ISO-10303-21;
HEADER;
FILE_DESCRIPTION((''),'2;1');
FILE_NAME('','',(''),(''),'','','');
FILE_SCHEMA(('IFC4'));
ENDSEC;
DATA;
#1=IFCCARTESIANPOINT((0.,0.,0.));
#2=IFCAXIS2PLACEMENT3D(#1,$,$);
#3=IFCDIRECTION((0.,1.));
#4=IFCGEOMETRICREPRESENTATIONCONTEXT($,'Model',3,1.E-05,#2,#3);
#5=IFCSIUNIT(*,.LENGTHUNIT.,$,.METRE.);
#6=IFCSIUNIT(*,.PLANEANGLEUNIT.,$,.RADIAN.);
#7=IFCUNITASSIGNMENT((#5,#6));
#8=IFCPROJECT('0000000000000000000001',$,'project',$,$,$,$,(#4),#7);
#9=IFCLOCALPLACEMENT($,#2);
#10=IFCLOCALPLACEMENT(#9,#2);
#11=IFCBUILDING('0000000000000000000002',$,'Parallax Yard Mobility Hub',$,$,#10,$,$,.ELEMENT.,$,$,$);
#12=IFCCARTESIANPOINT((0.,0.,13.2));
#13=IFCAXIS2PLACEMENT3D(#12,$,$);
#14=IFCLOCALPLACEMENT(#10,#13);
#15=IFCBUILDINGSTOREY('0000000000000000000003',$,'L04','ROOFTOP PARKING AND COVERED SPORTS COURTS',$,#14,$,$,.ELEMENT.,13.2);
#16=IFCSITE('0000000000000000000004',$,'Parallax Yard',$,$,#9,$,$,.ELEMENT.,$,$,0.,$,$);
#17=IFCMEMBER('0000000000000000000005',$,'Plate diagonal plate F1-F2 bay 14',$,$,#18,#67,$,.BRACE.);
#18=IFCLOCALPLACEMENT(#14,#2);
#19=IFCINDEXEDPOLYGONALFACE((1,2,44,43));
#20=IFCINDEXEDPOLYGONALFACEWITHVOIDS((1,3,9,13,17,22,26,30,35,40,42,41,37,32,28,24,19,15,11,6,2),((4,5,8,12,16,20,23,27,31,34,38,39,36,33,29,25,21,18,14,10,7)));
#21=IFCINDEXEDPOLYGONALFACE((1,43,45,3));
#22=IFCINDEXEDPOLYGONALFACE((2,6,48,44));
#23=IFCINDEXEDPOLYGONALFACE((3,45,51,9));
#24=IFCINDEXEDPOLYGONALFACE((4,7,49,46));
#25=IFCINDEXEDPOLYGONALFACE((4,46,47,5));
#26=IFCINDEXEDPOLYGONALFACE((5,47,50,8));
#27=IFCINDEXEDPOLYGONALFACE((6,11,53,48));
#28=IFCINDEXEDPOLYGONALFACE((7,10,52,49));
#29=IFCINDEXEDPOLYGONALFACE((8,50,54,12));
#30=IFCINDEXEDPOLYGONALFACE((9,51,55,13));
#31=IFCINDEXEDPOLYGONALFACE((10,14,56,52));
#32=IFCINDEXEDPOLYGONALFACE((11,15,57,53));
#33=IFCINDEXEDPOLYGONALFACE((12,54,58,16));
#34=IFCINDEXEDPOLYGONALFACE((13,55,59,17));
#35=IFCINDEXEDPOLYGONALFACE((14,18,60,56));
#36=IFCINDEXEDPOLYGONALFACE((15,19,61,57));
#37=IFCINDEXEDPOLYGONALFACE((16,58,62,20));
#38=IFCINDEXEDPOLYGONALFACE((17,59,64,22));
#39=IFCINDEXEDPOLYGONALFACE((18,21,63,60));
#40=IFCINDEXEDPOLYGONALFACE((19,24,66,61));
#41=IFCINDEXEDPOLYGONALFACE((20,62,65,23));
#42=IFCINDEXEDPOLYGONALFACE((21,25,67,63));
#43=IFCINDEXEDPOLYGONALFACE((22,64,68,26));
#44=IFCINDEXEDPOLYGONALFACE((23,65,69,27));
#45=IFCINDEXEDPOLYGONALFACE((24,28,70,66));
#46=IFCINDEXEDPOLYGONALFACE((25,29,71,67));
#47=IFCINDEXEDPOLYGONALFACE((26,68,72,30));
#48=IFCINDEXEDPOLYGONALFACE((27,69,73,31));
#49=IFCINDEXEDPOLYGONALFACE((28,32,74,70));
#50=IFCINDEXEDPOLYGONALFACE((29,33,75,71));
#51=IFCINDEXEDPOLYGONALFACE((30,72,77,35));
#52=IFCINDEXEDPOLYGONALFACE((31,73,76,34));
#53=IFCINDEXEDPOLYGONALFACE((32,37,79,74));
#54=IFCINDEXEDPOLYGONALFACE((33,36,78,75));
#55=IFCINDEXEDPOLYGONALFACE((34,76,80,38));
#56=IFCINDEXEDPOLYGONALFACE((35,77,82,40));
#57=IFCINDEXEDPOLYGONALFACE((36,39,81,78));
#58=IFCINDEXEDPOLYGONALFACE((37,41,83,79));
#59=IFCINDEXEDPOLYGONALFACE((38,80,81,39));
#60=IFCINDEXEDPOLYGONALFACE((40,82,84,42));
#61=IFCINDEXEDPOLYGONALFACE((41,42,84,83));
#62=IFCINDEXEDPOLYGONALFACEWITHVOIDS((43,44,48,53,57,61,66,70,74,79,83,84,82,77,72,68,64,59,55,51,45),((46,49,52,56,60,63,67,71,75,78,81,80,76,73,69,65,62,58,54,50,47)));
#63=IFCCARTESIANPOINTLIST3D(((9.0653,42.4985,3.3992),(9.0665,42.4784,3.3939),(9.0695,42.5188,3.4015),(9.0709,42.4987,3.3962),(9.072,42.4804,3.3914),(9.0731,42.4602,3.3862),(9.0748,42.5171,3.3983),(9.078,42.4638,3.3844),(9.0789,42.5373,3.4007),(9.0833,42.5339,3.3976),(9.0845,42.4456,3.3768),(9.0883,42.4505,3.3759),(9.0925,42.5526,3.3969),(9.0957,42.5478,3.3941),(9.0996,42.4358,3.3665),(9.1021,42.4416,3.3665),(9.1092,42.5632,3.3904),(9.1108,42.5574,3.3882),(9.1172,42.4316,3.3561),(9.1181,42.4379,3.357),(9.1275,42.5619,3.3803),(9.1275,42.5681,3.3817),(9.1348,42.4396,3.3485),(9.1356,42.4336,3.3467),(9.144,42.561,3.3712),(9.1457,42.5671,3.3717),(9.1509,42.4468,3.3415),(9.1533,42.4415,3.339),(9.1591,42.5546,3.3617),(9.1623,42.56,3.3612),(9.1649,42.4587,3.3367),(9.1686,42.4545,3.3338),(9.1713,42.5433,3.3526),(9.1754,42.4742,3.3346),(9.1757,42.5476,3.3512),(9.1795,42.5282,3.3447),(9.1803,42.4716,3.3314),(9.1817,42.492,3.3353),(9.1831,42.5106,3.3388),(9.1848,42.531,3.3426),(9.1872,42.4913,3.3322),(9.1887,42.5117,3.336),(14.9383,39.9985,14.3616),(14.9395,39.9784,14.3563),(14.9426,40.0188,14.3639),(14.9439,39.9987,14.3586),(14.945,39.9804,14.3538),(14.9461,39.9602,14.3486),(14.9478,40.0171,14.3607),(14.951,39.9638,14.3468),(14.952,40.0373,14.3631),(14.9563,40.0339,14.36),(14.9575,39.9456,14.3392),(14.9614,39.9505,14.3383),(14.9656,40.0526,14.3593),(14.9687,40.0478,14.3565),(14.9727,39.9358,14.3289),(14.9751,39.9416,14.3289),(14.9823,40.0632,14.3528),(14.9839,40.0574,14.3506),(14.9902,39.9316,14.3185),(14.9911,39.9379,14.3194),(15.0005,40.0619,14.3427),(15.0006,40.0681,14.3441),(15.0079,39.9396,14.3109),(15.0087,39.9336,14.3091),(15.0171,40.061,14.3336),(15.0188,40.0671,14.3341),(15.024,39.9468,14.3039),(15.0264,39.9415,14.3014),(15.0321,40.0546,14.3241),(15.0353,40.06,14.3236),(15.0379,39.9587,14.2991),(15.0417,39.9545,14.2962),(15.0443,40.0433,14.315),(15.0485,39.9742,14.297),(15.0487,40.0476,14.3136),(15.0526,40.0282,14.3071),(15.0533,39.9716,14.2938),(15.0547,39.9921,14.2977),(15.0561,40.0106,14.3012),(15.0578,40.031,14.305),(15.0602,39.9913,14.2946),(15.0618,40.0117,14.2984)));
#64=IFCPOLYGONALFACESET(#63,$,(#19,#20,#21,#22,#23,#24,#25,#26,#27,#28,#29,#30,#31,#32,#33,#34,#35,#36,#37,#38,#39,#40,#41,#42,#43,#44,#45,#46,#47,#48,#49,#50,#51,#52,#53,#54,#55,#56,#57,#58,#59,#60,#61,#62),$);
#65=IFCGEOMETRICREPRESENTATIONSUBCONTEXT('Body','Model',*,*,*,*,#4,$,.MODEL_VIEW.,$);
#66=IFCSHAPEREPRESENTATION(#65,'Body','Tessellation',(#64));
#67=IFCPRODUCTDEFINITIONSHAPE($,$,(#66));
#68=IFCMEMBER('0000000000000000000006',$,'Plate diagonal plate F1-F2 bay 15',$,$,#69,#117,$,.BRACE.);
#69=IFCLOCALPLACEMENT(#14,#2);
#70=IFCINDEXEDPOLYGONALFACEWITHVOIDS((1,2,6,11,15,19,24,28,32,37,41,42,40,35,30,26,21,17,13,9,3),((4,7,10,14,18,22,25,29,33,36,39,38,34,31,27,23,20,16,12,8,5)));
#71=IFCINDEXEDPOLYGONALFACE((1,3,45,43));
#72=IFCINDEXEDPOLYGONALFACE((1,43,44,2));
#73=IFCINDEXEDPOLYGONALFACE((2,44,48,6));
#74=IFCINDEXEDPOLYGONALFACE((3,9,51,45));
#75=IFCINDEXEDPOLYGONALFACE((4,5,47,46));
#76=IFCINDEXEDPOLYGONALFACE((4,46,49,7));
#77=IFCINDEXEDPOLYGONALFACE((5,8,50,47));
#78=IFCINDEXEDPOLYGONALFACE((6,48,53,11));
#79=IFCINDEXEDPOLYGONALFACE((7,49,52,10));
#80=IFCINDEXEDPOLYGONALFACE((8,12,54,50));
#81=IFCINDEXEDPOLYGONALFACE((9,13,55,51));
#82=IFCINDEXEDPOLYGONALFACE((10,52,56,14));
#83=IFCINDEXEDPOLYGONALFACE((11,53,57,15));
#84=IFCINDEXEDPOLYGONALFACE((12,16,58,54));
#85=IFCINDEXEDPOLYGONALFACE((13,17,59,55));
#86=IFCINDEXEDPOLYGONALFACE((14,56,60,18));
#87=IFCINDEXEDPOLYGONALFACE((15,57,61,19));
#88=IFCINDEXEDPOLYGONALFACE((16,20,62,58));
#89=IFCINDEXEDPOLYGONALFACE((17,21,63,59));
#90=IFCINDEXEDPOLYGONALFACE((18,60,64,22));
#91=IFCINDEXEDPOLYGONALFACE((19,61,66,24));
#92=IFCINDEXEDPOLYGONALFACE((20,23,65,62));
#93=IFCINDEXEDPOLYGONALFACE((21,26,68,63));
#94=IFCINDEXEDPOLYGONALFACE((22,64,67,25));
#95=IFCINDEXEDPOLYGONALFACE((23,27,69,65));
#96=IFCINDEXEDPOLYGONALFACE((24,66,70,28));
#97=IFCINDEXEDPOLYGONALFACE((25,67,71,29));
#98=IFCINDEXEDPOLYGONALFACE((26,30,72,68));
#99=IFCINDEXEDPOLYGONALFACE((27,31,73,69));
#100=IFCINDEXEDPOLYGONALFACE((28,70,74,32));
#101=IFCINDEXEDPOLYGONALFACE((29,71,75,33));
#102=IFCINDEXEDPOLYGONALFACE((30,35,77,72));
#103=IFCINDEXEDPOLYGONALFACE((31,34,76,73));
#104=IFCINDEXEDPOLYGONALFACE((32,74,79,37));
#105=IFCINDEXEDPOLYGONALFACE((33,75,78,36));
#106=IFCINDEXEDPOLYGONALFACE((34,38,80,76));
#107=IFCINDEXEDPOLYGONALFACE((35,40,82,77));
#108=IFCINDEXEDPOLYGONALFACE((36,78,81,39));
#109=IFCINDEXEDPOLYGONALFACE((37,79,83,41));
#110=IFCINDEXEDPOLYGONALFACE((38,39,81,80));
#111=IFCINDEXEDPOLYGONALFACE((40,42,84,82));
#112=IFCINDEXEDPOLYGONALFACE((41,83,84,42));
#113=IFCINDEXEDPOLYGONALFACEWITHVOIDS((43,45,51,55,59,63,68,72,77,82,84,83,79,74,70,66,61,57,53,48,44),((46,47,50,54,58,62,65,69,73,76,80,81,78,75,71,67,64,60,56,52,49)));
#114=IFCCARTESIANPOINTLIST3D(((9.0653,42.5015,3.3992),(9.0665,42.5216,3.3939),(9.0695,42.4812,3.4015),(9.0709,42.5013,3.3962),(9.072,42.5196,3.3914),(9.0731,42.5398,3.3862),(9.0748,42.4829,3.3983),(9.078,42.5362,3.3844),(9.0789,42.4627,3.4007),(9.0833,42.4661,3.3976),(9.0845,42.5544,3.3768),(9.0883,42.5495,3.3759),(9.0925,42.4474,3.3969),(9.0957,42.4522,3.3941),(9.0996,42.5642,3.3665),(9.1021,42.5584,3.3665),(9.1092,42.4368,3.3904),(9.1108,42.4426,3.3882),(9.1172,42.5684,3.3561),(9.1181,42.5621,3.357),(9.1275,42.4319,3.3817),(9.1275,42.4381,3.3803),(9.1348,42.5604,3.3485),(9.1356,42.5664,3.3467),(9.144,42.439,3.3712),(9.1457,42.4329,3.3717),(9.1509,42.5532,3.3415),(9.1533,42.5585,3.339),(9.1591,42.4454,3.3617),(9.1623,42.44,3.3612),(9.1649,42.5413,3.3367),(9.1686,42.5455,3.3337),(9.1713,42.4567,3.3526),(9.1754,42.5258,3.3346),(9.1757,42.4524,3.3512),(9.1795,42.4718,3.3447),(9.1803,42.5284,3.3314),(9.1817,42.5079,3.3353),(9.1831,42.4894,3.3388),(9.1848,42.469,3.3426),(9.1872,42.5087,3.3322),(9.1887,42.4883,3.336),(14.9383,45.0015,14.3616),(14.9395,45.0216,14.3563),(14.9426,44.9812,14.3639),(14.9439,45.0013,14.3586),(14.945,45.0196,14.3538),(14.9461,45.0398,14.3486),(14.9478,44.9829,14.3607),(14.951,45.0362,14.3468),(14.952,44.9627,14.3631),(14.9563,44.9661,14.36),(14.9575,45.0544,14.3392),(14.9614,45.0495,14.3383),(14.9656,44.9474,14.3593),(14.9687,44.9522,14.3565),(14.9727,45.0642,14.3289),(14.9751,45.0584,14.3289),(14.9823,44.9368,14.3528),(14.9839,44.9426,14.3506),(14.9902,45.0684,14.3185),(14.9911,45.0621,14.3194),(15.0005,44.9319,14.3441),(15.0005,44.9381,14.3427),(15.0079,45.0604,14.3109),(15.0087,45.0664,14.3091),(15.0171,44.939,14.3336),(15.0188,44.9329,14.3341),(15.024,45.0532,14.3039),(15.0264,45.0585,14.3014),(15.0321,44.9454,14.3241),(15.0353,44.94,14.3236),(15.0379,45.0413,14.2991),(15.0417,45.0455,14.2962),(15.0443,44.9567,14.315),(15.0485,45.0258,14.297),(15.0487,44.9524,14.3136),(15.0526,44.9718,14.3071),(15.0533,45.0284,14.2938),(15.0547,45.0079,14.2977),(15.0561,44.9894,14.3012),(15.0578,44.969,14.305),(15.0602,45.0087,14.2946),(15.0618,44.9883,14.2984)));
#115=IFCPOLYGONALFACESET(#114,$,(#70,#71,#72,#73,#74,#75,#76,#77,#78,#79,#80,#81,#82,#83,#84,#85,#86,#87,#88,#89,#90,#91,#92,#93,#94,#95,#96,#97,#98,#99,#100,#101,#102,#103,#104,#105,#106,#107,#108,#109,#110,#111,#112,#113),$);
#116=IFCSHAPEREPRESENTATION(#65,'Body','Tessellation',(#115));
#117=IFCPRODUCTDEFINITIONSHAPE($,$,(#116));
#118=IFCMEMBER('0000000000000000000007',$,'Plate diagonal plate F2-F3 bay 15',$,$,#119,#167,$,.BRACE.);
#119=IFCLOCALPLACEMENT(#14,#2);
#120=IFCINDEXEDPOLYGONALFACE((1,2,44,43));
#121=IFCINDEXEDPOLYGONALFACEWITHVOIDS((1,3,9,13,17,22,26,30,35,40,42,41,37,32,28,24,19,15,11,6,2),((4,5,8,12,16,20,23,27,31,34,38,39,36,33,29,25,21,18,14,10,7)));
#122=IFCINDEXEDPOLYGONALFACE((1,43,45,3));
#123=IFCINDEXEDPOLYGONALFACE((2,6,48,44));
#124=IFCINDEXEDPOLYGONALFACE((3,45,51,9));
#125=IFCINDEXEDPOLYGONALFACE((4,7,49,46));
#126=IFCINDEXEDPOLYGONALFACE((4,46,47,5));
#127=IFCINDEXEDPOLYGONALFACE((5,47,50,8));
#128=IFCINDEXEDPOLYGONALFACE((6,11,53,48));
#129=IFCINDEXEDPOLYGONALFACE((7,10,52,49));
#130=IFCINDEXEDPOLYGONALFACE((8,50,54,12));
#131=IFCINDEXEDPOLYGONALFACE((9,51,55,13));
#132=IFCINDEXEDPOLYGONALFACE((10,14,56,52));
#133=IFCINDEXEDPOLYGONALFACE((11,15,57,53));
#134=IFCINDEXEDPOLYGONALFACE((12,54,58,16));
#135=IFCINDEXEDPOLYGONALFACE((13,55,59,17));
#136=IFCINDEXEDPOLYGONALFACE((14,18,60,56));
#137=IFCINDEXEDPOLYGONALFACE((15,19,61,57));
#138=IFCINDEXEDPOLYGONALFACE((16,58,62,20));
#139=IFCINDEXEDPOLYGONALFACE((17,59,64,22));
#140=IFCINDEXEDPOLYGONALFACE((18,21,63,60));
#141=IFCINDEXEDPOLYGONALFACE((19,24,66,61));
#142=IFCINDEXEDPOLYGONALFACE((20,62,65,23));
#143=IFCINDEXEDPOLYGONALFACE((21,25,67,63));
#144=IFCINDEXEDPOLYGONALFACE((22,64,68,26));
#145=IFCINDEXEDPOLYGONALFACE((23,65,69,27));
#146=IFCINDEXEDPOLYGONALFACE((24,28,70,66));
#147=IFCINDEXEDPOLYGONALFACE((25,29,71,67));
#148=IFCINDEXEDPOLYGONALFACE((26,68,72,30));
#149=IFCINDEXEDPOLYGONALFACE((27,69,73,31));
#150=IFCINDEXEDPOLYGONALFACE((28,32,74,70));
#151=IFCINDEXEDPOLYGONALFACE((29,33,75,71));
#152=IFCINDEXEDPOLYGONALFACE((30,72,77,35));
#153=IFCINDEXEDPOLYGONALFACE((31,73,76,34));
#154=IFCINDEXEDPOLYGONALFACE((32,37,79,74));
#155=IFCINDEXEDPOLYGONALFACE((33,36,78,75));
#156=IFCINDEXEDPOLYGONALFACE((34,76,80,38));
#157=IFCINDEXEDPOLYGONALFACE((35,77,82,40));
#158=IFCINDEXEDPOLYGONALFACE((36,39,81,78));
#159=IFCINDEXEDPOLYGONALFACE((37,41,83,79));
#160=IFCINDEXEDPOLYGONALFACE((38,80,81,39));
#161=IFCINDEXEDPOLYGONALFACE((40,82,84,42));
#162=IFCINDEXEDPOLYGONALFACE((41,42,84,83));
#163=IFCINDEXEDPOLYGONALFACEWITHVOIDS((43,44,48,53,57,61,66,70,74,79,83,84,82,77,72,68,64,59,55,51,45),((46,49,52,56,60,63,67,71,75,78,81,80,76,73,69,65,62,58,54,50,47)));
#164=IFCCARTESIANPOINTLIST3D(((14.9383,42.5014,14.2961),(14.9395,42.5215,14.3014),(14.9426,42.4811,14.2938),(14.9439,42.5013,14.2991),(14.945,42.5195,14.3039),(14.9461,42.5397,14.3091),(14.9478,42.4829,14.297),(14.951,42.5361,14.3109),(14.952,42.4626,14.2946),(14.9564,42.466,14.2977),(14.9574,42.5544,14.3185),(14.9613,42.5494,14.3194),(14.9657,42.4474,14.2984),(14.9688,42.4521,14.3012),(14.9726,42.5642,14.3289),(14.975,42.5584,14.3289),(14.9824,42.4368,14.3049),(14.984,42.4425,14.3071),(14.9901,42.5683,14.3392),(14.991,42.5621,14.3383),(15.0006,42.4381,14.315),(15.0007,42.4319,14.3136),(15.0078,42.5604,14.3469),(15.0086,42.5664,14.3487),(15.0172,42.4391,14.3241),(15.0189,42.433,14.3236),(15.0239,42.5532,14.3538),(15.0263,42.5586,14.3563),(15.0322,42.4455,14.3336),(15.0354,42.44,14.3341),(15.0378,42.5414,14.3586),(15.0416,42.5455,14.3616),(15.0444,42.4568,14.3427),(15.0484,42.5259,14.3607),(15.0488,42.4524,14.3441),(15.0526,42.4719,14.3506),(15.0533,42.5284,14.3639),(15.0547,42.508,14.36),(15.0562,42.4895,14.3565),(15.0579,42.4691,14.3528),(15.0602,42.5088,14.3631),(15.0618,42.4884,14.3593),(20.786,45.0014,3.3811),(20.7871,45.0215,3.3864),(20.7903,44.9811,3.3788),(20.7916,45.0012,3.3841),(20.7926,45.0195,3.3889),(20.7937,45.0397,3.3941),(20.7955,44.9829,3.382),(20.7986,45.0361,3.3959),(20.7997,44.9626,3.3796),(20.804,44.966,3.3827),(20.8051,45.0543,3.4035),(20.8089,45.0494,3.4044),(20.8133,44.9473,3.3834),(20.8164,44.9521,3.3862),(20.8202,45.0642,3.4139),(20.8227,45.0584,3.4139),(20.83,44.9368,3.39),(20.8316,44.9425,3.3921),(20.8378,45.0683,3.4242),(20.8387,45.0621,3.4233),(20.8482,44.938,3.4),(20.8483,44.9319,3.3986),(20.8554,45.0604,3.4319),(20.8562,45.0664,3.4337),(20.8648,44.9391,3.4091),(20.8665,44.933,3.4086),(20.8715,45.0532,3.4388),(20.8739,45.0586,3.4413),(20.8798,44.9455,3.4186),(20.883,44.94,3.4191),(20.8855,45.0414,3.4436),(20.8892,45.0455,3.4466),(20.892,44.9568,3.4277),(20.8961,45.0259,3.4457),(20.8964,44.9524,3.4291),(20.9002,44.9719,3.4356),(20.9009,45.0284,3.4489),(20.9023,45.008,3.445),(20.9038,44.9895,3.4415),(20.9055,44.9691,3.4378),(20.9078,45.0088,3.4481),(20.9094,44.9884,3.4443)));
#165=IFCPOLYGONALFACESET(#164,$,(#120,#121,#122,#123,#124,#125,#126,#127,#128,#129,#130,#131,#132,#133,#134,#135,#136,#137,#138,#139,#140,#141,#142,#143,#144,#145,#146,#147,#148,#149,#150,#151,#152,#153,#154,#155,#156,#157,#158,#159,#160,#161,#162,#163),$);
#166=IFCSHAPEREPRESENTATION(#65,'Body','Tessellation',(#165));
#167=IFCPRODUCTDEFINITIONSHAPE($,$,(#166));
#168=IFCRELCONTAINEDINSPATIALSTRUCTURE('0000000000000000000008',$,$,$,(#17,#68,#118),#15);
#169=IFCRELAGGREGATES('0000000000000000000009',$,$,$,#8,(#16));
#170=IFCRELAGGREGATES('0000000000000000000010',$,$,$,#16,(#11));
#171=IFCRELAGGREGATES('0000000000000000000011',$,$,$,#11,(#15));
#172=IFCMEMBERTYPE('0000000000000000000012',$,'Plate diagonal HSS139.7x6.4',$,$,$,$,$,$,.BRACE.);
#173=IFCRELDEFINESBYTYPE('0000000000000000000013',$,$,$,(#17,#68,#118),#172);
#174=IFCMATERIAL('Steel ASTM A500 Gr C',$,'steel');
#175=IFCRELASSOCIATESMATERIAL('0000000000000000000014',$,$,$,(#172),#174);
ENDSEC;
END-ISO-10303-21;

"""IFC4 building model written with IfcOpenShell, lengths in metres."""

from ifc_helpers import new_model, si_unit, direction, frame, origin, origin_2d, place, context, subcontext, project, spatial, hollow_circle, extrude, material, material_profile, profile_set, type_object, element, save


model = new_model("IFC4")

# Units and contexts
model_context = context("Model", 3, precision=1e-05, world=origin(), true_north=direction((0.0, 1.0)))
body_context = subcontext(model_context, "Body", "Model", "MODEL_VIEW")
ifc_project = project(units=[si_unit("LENGTHUNIT", "METRE"), si_unit("PLANEANGLEUNIT", "RADIAN")], contexts=[model_context])

# Site, building, storey
site_placement = place(None, origin())
site = spatial("IfcSite", under=ifc_project, at=site_placement, Name="Parallax Yard", CompositionType="ELEMENT", RefElevation=0.0)
building_placement = place(site_placement, origin())
building = spatial("IfcBuilding", under=site, at=building_placement, Name="Parallax Yard Mobility Hub", CompositionType="ELEMENT")
storey_placement = place(building_placement, frame((0.0, 0.0, 13.2)))
storey = spatial("IfcBuildingStorey", under=building, at=storey_placement, Name="L04", Description="ROOFTOP PARKING AND COVERED SPORTS COURTS", CompositionType="ELEMENT", Elevation=13.2)

# Members
ifc_material_1 = material(Name="Steel ASTM A500 Gr C", Category="steel")
ifc_material_profile_1 = material_profile(ifc_material_1, hollow_circle(Radius=0.0698, WallThickness=0.0063, at=origin_2d()), Name="HSS139.7x6.4")
ifc_profile_set_1 = profile_set([ifc_material_profile_1], Name="Steel ASTM A500 Gr C")
member_type_1 = type_object("IfcMemberType", Name="Plate diagonal HSS139.7x6.4", PredefinedType="BRACE", material=ifc_profile_set_1)
for number, where, z_axis, x_axis, name in (
    (1, (15.0, 40.0, 14.3289), (-0.46298, 0.197078, -0.864181), (-0.391665, -0.920108, 0.0), "Plate diagonal plate F1-F2 bay 14"),
    (2, (9.127, 42.5, 3.3665), (0.46298, 0.197078, 0.864181), (-0.391665, 0.920108, 0.0), "Plate diagonal plate F1-F2 bay 15"),
):
    element("IfcMember", number, at=place(storey_placement, frame(where, z_axis=z_axis, x_axis=x_axis)), inside=storey, type_object=member_type_1, Name=name, PredefinedType="BRACE", context=body_context, shape_type="SweptSolid", body=[
        extrude(hollow_circle(Radius=0.0698, WallThickness=0.0063, at=origin_2d()), origin(), (0.0, 0.0, 1.0), 12.6853),
    ])
member_1_placement = place(storey_placement, frame((15.0, 42.5, 14.3289), z_axis=(0.462901, 0.1979, -0.864036), x_axis=(-0.393104, 0.919494, 0.0)))
element("IfcMember", 3, at=member_1_placement, inside=storey, type_object=member_type_1, Name="Plate diagonal plate F2-F3 bay 15", PredefinedType="BRACE", context=body_context, shape_type="SweptSolid", body=[
    extrude(hollow_circle(Radius=0.0698, WallThickness=0.0063, at=origin_2d()), origin(), (0.0, 0.0, 1.0), 12.6326),
])

save(model, "model.ifc")
